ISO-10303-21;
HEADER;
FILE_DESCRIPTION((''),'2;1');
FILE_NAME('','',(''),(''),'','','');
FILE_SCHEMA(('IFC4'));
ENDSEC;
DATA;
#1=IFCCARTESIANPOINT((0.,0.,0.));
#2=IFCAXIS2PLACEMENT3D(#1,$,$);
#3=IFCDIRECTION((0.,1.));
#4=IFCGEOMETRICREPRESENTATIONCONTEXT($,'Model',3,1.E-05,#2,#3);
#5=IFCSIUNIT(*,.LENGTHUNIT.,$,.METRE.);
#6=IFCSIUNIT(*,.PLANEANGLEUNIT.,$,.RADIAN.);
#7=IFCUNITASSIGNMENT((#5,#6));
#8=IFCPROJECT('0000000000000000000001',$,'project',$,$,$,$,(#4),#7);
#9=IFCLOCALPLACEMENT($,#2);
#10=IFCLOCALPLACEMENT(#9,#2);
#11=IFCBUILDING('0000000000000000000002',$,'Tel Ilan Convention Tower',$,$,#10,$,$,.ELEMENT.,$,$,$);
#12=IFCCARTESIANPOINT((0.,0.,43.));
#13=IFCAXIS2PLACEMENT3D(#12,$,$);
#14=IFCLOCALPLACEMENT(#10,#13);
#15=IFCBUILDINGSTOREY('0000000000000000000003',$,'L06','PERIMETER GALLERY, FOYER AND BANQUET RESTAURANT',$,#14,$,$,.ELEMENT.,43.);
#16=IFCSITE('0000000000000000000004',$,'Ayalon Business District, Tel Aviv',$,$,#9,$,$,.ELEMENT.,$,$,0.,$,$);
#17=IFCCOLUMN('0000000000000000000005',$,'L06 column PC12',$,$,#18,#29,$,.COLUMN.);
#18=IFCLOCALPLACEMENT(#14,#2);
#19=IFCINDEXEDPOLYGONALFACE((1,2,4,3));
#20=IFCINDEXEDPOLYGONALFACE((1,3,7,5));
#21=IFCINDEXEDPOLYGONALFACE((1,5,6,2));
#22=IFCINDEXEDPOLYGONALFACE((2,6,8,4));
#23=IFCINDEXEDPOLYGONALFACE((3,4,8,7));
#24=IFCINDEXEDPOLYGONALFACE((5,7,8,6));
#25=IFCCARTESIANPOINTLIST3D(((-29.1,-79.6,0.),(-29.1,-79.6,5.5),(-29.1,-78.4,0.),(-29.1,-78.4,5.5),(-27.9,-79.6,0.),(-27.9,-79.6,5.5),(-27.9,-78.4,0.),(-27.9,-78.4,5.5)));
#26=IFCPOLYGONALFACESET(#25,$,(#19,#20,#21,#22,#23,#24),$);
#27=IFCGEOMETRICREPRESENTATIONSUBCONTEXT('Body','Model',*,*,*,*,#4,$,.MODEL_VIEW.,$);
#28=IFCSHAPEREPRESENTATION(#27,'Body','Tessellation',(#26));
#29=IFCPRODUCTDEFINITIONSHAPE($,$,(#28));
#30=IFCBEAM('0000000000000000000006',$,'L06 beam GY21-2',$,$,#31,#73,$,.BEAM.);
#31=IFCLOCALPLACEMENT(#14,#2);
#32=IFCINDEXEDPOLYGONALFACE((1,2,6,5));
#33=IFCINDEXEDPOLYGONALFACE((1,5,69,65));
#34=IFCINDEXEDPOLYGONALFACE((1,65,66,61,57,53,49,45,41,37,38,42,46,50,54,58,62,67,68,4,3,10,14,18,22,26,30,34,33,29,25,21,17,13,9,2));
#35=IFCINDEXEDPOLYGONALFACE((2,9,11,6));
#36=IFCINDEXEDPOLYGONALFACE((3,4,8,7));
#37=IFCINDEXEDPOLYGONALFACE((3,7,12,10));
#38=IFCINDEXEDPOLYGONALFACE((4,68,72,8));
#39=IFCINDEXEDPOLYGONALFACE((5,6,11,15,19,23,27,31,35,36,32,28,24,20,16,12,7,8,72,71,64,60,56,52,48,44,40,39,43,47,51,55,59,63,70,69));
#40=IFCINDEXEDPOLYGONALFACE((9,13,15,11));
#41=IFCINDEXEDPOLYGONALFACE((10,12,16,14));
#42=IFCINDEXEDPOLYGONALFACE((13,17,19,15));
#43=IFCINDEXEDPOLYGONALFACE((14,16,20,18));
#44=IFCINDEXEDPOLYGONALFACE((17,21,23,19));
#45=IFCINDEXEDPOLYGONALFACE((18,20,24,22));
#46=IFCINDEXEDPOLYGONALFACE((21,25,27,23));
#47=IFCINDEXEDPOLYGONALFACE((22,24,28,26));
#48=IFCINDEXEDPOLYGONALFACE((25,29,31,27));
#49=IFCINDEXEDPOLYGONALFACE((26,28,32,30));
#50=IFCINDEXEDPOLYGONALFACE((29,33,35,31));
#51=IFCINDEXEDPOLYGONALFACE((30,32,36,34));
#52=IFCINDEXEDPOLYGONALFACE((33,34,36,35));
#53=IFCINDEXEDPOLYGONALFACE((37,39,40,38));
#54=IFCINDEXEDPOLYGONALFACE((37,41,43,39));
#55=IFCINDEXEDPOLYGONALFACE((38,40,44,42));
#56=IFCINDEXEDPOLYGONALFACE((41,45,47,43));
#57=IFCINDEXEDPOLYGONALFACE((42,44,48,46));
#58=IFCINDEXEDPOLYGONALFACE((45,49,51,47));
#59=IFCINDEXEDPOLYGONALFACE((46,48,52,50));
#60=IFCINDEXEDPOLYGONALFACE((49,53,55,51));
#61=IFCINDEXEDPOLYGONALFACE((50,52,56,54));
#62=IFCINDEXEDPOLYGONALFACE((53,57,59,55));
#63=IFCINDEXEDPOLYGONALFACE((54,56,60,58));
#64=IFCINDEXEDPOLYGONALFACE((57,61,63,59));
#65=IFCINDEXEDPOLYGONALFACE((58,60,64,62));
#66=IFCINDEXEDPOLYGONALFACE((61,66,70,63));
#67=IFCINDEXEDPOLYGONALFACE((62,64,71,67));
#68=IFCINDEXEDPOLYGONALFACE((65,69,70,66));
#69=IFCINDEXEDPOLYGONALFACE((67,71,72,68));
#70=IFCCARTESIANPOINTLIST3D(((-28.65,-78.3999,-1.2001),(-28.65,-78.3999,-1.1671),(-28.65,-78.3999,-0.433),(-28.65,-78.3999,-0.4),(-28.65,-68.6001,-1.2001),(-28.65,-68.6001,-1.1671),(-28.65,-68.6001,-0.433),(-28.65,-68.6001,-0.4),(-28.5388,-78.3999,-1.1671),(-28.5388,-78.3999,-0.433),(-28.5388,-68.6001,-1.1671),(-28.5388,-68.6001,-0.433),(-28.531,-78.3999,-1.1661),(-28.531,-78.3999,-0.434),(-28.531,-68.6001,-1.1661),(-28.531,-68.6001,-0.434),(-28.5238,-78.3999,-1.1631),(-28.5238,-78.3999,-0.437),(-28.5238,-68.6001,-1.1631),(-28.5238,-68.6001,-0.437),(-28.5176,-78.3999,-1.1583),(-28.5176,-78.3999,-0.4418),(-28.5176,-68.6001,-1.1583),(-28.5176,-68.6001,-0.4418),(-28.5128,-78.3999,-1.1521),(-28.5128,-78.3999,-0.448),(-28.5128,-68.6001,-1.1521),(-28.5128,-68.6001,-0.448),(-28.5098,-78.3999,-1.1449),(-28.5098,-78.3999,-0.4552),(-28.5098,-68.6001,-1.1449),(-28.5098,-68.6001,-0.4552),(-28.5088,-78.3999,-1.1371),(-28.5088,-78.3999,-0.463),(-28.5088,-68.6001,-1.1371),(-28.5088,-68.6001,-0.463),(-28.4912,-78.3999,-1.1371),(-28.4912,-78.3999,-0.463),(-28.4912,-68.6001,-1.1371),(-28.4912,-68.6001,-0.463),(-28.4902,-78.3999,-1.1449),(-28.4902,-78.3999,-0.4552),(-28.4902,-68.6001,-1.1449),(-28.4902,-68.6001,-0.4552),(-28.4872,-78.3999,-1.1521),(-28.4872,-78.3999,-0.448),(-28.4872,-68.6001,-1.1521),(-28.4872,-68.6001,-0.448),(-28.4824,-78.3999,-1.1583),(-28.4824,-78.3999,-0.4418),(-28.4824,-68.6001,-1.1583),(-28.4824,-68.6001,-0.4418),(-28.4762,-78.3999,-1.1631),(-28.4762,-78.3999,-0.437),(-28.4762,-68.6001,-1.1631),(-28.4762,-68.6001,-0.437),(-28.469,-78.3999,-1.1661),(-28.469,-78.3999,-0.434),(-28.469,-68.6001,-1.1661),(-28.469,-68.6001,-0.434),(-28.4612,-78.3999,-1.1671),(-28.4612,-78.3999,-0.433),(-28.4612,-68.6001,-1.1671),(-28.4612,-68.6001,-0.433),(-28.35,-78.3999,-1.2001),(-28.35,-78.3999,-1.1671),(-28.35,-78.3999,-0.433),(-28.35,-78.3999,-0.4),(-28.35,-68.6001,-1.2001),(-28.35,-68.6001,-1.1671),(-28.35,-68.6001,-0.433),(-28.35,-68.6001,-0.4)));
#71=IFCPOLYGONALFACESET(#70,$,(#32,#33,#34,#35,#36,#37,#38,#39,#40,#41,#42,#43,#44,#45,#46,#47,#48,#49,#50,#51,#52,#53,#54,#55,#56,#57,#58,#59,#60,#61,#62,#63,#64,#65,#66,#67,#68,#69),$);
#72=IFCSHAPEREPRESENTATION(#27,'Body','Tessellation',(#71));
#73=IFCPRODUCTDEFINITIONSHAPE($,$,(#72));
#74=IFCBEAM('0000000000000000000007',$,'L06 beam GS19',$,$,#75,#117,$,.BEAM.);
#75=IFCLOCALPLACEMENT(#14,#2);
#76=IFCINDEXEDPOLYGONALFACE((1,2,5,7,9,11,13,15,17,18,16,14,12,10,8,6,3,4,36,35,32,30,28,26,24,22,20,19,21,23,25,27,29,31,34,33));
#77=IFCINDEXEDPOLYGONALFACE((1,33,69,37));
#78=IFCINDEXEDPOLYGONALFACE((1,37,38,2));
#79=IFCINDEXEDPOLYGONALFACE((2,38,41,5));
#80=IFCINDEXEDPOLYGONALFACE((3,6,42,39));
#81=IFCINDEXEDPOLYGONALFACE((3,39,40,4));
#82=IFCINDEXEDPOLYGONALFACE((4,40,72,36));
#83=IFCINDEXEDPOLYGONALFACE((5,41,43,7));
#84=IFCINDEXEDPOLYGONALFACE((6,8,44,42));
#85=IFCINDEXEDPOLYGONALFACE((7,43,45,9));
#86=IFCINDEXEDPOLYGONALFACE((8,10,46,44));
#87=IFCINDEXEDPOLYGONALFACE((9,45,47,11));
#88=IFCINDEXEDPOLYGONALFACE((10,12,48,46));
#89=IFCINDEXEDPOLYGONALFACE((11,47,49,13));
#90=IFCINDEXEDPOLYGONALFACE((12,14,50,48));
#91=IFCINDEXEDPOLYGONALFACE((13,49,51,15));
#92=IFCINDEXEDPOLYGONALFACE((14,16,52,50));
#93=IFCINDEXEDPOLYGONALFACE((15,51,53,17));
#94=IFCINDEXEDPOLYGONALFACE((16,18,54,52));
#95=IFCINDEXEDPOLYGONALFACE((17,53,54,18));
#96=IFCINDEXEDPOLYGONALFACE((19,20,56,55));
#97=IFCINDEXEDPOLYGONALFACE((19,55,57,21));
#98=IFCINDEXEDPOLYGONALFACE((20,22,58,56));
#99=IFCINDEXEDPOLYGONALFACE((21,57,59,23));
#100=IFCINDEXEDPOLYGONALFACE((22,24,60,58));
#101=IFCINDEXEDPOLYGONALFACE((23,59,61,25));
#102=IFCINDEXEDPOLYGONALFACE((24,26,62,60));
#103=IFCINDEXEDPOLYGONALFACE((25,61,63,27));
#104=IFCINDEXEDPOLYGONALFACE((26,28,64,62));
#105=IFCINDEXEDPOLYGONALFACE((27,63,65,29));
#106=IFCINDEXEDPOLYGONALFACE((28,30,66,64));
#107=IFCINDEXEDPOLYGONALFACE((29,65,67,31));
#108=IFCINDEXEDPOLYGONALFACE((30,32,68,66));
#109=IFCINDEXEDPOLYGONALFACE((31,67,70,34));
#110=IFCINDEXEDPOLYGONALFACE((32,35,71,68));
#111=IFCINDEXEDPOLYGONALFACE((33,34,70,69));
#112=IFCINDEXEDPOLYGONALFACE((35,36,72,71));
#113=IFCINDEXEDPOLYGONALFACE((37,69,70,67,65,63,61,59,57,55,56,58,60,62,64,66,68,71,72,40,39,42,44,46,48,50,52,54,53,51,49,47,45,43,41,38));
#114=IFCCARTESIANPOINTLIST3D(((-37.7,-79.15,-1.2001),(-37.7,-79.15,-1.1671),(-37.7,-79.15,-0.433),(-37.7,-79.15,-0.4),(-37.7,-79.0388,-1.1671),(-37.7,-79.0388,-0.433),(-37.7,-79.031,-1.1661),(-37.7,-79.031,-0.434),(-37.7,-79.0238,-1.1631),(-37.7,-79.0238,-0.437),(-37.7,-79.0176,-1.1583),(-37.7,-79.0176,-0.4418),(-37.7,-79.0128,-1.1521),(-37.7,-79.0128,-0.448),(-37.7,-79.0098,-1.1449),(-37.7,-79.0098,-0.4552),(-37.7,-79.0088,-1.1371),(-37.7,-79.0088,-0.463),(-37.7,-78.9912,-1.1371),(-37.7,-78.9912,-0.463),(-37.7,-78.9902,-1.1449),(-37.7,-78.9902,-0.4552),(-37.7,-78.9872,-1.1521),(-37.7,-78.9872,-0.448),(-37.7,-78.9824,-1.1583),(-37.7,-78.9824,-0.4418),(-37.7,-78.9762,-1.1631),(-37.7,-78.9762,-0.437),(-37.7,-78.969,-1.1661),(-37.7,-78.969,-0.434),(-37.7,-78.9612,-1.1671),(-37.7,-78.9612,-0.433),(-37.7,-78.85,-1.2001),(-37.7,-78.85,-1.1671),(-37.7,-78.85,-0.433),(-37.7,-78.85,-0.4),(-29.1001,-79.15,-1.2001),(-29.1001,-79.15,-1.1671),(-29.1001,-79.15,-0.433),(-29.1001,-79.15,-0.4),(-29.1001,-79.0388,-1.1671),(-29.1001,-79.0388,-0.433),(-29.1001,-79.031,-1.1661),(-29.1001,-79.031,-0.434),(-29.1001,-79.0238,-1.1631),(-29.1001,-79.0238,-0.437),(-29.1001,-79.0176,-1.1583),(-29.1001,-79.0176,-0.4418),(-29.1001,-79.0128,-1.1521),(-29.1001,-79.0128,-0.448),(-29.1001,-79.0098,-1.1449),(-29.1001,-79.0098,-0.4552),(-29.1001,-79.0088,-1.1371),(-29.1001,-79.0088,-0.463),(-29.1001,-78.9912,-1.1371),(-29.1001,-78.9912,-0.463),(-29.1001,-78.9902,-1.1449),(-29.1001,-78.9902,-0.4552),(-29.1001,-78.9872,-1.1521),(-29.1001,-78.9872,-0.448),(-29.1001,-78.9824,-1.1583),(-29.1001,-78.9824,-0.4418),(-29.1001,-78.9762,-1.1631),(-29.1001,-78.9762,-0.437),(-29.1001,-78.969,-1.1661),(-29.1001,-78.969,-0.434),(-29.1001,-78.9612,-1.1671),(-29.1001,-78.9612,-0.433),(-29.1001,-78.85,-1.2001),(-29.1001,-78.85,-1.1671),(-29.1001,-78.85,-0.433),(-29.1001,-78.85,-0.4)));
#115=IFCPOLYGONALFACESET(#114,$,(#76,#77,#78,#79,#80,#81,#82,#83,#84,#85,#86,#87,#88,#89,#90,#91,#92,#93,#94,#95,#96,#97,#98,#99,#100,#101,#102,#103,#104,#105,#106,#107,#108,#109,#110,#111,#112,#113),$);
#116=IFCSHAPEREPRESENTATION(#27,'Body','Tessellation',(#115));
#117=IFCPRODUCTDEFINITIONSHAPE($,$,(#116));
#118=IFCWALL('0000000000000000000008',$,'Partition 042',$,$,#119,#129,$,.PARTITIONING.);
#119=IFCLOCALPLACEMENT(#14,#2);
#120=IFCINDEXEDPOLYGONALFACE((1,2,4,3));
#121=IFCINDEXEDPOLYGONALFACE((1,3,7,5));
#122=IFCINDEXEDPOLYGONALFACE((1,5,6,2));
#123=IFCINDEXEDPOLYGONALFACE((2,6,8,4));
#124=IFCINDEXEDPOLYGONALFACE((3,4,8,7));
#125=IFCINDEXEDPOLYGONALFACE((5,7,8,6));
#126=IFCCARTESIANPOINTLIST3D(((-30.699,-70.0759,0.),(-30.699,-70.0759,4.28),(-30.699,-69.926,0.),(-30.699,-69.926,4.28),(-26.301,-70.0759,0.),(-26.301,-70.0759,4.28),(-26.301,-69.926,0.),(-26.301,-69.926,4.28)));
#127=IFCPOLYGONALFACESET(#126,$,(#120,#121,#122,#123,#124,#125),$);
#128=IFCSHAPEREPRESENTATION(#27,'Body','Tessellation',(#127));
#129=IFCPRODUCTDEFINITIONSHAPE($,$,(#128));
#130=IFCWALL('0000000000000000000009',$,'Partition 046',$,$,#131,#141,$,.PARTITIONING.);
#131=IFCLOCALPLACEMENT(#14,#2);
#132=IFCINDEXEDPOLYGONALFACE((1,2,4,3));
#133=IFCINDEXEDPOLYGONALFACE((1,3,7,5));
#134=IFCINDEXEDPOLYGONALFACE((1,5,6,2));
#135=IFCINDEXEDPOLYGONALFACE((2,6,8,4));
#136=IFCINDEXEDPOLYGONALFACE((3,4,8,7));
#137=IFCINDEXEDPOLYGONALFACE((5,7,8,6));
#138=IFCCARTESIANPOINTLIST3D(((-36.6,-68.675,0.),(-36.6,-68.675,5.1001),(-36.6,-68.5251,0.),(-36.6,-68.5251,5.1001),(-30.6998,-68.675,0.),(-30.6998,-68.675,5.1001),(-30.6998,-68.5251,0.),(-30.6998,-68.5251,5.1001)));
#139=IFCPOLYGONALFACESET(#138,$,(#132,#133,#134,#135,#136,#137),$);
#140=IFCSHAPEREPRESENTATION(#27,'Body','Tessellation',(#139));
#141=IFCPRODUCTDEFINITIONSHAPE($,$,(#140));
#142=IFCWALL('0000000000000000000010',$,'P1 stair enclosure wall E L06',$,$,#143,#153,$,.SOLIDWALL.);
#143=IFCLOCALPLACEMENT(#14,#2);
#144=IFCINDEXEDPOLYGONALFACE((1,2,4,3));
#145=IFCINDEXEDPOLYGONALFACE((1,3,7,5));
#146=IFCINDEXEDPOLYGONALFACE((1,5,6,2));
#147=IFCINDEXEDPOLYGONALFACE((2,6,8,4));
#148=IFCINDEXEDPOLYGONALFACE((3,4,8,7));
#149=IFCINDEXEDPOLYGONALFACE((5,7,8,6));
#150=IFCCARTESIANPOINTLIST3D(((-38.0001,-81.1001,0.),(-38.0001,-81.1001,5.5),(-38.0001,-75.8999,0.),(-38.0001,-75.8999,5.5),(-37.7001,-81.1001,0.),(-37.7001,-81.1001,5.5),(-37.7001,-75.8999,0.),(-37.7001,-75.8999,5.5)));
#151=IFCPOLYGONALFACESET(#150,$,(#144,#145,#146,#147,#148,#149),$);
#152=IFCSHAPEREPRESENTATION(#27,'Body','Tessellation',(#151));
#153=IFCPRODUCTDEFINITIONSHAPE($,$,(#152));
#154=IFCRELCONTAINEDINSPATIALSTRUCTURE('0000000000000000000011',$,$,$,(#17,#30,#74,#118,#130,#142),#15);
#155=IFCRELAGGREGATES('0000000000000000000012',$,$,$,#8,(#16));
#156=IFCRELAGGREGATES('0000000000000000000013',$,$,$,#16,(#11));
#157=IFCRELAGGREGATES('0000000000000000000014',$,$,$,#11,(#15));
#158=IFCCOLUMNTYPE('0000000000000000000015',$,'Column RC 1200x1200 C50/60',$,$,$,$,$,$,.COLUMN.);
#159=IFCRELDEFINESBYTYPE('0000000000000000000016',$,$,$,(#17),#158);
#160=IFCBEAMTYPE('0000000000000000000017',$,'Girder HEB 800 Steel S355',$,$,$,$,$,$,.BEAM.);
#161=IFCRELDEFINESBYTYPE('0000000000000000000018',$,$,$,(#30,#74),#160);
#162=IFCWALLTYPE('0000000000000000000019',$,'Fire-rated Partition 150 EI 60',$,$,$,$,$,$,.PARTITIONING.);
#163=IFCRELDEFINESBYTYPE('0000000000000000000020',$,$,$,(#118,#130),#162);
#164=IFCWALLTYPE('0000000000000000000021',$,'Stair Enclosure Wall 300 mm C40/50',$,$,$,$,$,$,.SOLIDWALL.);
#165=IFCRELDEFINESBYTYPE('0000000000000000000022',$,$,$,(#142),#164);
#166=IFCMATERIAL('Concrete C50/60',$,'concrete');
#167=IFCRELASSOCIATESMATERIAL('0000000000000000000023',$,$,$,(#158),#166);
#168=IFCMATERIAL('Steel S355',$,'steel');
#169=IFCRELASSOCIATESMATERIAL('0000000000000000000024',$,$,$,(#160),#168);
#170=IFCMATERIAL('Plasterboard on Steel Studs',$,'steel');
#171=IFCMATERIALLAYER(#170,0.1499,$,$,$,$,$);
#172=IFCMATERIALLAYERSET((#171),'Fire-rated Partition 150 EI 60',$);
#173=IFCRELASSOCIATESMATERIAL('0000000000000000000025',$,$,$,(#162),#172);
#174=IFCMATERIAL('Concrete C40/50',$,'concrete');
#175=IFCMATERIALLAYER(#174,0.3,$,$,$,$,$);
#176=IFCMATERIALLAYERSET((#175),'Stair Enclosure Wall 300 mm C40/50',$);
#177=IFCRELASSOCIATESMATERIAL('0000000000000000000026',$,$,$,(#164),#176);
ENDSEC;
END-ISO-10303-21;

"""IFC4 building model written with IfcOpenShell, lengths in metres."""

from ifc_helpers import new_model, si_unit, direction, frame, frame_2d, origin, origin_2d, place, context, subcontext, project, spatial, rectangle, i_section, extrude, material, layer, layer_set, material_profile, profile_set, type_object, element, save


model = new_model("IFC4")

# Units and contexts
model_context = context("Model", 3, precision=1e-05, world=origin(), true_north=direction((0.0, 1.0)))
body_context = subcontext(model_context, "Body", "Model", "MODEL_VIEW")
ifc_project = project(units=[si_unit("LENGTHUNIT", "METRE"), si_unit("PLANEANGLEUNIT", "RADIAN")], contexts=[model_context])

# Site, building, storey
site_placement = place(None, origin())
site = spatial("IfcSite", under=ifc_project, at=site_placement, Name="Ayalon Business District, Tel Aviv", CompositionType="ELEMENT", RefElevation=0.0)
building_placement = place(site_placement, origin())
building = spatial("IfcBuilding", under=site, at=building_placement, Name="Tel Ilan Convention Tower", CompositionType="ELEMENT")
storey_placement = place(building_placement, frame((0.0, 0.0, 43.0)))
storey = spatial("IfcBuildingStorey", under=building, at=storey_placement, Name="L06", Description="PERIMETER GALLERY, FOYER AND BANQUET RESTAURANT", CompositionType="ELEMENT", Elevation=43.0)

# Column
ifc_material_1 = material(Name="Concrete C50/60", Category="concrete")
ifc_material_profile_1 = material_profile(ifc_material_1, rectangle(XDim=1.2, YDim=1.2, at=origin_2d()), Name="RC 1200x1200")
ifc_profile_set_1 = profile_set([ifc_material_profile_1], Name="Concrete C50/60")
column_type = type_object("IfcColumnType", Name="Column RC 1200x1200 C50/60", PredefinedType="COLUMN", material=ifc_profile_set_1)
column_placement = place(storey_placement, frame((-28.5, -79.0, 0.0), z_axis=(0.0, 0.0, 1.0), x_axis=(1.0, 0.0, 0.0)))
element("IfcColumn", 1, at=column_placement, inside=storey, type_object=column_type, Name="L06 column PC12", PredefinedType="COLUMN", context=body_context, shape_type="SweptSolid", body=[
    extrude(rectangle(XDim=1.2, YDim=1.2, at=origin_2d()), origin(), (0.0, 0.0, 1.0), 5.5),
])

# Beams
ifc_material_2 = material(Name="Steel S355", Category="steel")
ifc_material_profile_2 = material_profile(ifc_material_2, i_section(OverallWidth=0.3, OverallDepth=0.8, WebThickness=0.0176, FlangeThickness=0.033, FilletRadius=0.03, at=origin_2d()), Name="HEB 800")
ifc_profile_set_2 = profile_set([ifc_material_profile_2], Name="Steel S355")
beam_type = type_object("IfcBeamType", Name="Girder HEB 800 Steel S355", PredefinedType="BEAM", material=ifc_profile_set_2)
beam_1_placement = place(storey_placement, frame((-28.5, -78.3999, -0.8), z_axis=(0.0, 1.0, 0.0), x_axis=(-1.0, 0.0, 0.0)))
element("IfcBeam", 2, at=beam_1_placement, inside=storey, type_object=beam_type, Name="L06 beam GY21-2", PredefinedType="BEAM", context=body_context, shape_type="SweptSolid", body=[
    extrude(i_section(OverallWidth=0.3, OverallDepth=0.8, WebThickness=0.0176, FlangeThickness=0.033, FilletRadius=0.03, at=origin_2d()), origin(), (0.0, 0.0, 1.0), 9.7998),
])
beam_2_placement = place(storey_placement, frame((-37.7, -79.0, -0.8), z_axis=(1.0, 0.0, 0.0), x_axis=(0.0, 1.0, 0.0)))
element("IfcBeam", 3, at=beam_2_placement, inside=storey, type_object=beam_type, Name="L06 beam GS19", PredefinedType="BEAM", context=body_context, shape_type="SweptSolid", body=[
    extrude(i_section(OverallWidth=0.3, OverallDepth=0.8, WebThickness=0.0176, FlangeThickness=0.033, FilletRadius=0.03, at=origin_2d()), origin(), (0.0, 0.0, 1.0), 8.5999),
])

# Walls
ifc_material_3 = material(Name="Plasterboard on Steel Studs", Category="steel")
ifc_layer_1 = layer(ifc_material_3, 0.1499)
ifc_layer_set_1 = layer_set([ifc_layer_1], Name="Fire-rated Partition 150 EI 60")
wall_type_1 = type_object("IfcWallType", Name="Fire-rated Partition 150 EI 60", PredefinedType="PARTITIONING", material=ifc_layer_set_1)
wall_1_placement = place(storey_placement, frame((-30.699, -70.001, 0.0), z_axis=(0.0, 0.0, 1.0), x_axis=(1.0, 0.0, 0.0)))
element("IfcWall", 4, at=wall_1_placement, inside=storey, type_object=wall_type_1, Name="Partition 042", PredefinedType="PARTITIONING", context=body_context, shape_type="SweptSolid", body=[
    extrude(rectangle(XDim=4.3979, YDim=0.1499, at=frame_2d((2.199, 0.0))), origin(), (0.0, 0.0, 1.0), 4.28),
])
wall_2_placement = place(storey_placement, frame((-36.6001, -68.6001, 0.0), z_axis=(0.0, 0.0, 1.0), x_axis=(1.0, 0.0, 0.0)))
element("IfcWall", 5, at=wall_2_placement, inside=storey, type_object=wall_type_1, Name="Partition 046", PredefinedType="PARTITIONING", context=body_context, shape_type="SweptSolid", body=[
    extrude(rectangle(XDim=5.9001, YDim=0.1499, at=frame_2d((2.9502, 0.0))), origin(), (0.0, 0.0, 1.0), 5.1001),
])
ifc_material_4 = material(Name="Concrete C40/50", Category="concrete")
ifc_layer_2 = layer(ifc_material_4, 0.3)
ifc_layer_set_2 = layer_set([ifc_layer_2], Name="Stair Enclosure Wall 300 mm C40/50")
wall_type_2 = type_object("IfcWallType", Name="Stair Enclosure Wall 300 mm C40/50", PredefinedType="SOLIDWALL", material=ifc_layer_set_2)
wall_3_placement = place(storey_placement, frame((-37.8501, -81.1001, 0.0), z_axis=(0.0, 0.0, 1.0), x_axis=(0.0, 1.0, 0.0)))
element("IfcWall", 6, at=wall_3_placement, inside=storey, type_object=wall_type_2, Name="P1 stair enclosure wall E L06", PredefinedType="SOLIDWALL", context=body_context, shape_type="SweptSolid", body=[
    extrude(rectangle(XDim=5.2002, YDim=0.3, at=frame_2d((2.6001, 0.0))), origin(), (0.0, 0.0, 1.0), 5.5),
])

save(model, "model.ifc")
